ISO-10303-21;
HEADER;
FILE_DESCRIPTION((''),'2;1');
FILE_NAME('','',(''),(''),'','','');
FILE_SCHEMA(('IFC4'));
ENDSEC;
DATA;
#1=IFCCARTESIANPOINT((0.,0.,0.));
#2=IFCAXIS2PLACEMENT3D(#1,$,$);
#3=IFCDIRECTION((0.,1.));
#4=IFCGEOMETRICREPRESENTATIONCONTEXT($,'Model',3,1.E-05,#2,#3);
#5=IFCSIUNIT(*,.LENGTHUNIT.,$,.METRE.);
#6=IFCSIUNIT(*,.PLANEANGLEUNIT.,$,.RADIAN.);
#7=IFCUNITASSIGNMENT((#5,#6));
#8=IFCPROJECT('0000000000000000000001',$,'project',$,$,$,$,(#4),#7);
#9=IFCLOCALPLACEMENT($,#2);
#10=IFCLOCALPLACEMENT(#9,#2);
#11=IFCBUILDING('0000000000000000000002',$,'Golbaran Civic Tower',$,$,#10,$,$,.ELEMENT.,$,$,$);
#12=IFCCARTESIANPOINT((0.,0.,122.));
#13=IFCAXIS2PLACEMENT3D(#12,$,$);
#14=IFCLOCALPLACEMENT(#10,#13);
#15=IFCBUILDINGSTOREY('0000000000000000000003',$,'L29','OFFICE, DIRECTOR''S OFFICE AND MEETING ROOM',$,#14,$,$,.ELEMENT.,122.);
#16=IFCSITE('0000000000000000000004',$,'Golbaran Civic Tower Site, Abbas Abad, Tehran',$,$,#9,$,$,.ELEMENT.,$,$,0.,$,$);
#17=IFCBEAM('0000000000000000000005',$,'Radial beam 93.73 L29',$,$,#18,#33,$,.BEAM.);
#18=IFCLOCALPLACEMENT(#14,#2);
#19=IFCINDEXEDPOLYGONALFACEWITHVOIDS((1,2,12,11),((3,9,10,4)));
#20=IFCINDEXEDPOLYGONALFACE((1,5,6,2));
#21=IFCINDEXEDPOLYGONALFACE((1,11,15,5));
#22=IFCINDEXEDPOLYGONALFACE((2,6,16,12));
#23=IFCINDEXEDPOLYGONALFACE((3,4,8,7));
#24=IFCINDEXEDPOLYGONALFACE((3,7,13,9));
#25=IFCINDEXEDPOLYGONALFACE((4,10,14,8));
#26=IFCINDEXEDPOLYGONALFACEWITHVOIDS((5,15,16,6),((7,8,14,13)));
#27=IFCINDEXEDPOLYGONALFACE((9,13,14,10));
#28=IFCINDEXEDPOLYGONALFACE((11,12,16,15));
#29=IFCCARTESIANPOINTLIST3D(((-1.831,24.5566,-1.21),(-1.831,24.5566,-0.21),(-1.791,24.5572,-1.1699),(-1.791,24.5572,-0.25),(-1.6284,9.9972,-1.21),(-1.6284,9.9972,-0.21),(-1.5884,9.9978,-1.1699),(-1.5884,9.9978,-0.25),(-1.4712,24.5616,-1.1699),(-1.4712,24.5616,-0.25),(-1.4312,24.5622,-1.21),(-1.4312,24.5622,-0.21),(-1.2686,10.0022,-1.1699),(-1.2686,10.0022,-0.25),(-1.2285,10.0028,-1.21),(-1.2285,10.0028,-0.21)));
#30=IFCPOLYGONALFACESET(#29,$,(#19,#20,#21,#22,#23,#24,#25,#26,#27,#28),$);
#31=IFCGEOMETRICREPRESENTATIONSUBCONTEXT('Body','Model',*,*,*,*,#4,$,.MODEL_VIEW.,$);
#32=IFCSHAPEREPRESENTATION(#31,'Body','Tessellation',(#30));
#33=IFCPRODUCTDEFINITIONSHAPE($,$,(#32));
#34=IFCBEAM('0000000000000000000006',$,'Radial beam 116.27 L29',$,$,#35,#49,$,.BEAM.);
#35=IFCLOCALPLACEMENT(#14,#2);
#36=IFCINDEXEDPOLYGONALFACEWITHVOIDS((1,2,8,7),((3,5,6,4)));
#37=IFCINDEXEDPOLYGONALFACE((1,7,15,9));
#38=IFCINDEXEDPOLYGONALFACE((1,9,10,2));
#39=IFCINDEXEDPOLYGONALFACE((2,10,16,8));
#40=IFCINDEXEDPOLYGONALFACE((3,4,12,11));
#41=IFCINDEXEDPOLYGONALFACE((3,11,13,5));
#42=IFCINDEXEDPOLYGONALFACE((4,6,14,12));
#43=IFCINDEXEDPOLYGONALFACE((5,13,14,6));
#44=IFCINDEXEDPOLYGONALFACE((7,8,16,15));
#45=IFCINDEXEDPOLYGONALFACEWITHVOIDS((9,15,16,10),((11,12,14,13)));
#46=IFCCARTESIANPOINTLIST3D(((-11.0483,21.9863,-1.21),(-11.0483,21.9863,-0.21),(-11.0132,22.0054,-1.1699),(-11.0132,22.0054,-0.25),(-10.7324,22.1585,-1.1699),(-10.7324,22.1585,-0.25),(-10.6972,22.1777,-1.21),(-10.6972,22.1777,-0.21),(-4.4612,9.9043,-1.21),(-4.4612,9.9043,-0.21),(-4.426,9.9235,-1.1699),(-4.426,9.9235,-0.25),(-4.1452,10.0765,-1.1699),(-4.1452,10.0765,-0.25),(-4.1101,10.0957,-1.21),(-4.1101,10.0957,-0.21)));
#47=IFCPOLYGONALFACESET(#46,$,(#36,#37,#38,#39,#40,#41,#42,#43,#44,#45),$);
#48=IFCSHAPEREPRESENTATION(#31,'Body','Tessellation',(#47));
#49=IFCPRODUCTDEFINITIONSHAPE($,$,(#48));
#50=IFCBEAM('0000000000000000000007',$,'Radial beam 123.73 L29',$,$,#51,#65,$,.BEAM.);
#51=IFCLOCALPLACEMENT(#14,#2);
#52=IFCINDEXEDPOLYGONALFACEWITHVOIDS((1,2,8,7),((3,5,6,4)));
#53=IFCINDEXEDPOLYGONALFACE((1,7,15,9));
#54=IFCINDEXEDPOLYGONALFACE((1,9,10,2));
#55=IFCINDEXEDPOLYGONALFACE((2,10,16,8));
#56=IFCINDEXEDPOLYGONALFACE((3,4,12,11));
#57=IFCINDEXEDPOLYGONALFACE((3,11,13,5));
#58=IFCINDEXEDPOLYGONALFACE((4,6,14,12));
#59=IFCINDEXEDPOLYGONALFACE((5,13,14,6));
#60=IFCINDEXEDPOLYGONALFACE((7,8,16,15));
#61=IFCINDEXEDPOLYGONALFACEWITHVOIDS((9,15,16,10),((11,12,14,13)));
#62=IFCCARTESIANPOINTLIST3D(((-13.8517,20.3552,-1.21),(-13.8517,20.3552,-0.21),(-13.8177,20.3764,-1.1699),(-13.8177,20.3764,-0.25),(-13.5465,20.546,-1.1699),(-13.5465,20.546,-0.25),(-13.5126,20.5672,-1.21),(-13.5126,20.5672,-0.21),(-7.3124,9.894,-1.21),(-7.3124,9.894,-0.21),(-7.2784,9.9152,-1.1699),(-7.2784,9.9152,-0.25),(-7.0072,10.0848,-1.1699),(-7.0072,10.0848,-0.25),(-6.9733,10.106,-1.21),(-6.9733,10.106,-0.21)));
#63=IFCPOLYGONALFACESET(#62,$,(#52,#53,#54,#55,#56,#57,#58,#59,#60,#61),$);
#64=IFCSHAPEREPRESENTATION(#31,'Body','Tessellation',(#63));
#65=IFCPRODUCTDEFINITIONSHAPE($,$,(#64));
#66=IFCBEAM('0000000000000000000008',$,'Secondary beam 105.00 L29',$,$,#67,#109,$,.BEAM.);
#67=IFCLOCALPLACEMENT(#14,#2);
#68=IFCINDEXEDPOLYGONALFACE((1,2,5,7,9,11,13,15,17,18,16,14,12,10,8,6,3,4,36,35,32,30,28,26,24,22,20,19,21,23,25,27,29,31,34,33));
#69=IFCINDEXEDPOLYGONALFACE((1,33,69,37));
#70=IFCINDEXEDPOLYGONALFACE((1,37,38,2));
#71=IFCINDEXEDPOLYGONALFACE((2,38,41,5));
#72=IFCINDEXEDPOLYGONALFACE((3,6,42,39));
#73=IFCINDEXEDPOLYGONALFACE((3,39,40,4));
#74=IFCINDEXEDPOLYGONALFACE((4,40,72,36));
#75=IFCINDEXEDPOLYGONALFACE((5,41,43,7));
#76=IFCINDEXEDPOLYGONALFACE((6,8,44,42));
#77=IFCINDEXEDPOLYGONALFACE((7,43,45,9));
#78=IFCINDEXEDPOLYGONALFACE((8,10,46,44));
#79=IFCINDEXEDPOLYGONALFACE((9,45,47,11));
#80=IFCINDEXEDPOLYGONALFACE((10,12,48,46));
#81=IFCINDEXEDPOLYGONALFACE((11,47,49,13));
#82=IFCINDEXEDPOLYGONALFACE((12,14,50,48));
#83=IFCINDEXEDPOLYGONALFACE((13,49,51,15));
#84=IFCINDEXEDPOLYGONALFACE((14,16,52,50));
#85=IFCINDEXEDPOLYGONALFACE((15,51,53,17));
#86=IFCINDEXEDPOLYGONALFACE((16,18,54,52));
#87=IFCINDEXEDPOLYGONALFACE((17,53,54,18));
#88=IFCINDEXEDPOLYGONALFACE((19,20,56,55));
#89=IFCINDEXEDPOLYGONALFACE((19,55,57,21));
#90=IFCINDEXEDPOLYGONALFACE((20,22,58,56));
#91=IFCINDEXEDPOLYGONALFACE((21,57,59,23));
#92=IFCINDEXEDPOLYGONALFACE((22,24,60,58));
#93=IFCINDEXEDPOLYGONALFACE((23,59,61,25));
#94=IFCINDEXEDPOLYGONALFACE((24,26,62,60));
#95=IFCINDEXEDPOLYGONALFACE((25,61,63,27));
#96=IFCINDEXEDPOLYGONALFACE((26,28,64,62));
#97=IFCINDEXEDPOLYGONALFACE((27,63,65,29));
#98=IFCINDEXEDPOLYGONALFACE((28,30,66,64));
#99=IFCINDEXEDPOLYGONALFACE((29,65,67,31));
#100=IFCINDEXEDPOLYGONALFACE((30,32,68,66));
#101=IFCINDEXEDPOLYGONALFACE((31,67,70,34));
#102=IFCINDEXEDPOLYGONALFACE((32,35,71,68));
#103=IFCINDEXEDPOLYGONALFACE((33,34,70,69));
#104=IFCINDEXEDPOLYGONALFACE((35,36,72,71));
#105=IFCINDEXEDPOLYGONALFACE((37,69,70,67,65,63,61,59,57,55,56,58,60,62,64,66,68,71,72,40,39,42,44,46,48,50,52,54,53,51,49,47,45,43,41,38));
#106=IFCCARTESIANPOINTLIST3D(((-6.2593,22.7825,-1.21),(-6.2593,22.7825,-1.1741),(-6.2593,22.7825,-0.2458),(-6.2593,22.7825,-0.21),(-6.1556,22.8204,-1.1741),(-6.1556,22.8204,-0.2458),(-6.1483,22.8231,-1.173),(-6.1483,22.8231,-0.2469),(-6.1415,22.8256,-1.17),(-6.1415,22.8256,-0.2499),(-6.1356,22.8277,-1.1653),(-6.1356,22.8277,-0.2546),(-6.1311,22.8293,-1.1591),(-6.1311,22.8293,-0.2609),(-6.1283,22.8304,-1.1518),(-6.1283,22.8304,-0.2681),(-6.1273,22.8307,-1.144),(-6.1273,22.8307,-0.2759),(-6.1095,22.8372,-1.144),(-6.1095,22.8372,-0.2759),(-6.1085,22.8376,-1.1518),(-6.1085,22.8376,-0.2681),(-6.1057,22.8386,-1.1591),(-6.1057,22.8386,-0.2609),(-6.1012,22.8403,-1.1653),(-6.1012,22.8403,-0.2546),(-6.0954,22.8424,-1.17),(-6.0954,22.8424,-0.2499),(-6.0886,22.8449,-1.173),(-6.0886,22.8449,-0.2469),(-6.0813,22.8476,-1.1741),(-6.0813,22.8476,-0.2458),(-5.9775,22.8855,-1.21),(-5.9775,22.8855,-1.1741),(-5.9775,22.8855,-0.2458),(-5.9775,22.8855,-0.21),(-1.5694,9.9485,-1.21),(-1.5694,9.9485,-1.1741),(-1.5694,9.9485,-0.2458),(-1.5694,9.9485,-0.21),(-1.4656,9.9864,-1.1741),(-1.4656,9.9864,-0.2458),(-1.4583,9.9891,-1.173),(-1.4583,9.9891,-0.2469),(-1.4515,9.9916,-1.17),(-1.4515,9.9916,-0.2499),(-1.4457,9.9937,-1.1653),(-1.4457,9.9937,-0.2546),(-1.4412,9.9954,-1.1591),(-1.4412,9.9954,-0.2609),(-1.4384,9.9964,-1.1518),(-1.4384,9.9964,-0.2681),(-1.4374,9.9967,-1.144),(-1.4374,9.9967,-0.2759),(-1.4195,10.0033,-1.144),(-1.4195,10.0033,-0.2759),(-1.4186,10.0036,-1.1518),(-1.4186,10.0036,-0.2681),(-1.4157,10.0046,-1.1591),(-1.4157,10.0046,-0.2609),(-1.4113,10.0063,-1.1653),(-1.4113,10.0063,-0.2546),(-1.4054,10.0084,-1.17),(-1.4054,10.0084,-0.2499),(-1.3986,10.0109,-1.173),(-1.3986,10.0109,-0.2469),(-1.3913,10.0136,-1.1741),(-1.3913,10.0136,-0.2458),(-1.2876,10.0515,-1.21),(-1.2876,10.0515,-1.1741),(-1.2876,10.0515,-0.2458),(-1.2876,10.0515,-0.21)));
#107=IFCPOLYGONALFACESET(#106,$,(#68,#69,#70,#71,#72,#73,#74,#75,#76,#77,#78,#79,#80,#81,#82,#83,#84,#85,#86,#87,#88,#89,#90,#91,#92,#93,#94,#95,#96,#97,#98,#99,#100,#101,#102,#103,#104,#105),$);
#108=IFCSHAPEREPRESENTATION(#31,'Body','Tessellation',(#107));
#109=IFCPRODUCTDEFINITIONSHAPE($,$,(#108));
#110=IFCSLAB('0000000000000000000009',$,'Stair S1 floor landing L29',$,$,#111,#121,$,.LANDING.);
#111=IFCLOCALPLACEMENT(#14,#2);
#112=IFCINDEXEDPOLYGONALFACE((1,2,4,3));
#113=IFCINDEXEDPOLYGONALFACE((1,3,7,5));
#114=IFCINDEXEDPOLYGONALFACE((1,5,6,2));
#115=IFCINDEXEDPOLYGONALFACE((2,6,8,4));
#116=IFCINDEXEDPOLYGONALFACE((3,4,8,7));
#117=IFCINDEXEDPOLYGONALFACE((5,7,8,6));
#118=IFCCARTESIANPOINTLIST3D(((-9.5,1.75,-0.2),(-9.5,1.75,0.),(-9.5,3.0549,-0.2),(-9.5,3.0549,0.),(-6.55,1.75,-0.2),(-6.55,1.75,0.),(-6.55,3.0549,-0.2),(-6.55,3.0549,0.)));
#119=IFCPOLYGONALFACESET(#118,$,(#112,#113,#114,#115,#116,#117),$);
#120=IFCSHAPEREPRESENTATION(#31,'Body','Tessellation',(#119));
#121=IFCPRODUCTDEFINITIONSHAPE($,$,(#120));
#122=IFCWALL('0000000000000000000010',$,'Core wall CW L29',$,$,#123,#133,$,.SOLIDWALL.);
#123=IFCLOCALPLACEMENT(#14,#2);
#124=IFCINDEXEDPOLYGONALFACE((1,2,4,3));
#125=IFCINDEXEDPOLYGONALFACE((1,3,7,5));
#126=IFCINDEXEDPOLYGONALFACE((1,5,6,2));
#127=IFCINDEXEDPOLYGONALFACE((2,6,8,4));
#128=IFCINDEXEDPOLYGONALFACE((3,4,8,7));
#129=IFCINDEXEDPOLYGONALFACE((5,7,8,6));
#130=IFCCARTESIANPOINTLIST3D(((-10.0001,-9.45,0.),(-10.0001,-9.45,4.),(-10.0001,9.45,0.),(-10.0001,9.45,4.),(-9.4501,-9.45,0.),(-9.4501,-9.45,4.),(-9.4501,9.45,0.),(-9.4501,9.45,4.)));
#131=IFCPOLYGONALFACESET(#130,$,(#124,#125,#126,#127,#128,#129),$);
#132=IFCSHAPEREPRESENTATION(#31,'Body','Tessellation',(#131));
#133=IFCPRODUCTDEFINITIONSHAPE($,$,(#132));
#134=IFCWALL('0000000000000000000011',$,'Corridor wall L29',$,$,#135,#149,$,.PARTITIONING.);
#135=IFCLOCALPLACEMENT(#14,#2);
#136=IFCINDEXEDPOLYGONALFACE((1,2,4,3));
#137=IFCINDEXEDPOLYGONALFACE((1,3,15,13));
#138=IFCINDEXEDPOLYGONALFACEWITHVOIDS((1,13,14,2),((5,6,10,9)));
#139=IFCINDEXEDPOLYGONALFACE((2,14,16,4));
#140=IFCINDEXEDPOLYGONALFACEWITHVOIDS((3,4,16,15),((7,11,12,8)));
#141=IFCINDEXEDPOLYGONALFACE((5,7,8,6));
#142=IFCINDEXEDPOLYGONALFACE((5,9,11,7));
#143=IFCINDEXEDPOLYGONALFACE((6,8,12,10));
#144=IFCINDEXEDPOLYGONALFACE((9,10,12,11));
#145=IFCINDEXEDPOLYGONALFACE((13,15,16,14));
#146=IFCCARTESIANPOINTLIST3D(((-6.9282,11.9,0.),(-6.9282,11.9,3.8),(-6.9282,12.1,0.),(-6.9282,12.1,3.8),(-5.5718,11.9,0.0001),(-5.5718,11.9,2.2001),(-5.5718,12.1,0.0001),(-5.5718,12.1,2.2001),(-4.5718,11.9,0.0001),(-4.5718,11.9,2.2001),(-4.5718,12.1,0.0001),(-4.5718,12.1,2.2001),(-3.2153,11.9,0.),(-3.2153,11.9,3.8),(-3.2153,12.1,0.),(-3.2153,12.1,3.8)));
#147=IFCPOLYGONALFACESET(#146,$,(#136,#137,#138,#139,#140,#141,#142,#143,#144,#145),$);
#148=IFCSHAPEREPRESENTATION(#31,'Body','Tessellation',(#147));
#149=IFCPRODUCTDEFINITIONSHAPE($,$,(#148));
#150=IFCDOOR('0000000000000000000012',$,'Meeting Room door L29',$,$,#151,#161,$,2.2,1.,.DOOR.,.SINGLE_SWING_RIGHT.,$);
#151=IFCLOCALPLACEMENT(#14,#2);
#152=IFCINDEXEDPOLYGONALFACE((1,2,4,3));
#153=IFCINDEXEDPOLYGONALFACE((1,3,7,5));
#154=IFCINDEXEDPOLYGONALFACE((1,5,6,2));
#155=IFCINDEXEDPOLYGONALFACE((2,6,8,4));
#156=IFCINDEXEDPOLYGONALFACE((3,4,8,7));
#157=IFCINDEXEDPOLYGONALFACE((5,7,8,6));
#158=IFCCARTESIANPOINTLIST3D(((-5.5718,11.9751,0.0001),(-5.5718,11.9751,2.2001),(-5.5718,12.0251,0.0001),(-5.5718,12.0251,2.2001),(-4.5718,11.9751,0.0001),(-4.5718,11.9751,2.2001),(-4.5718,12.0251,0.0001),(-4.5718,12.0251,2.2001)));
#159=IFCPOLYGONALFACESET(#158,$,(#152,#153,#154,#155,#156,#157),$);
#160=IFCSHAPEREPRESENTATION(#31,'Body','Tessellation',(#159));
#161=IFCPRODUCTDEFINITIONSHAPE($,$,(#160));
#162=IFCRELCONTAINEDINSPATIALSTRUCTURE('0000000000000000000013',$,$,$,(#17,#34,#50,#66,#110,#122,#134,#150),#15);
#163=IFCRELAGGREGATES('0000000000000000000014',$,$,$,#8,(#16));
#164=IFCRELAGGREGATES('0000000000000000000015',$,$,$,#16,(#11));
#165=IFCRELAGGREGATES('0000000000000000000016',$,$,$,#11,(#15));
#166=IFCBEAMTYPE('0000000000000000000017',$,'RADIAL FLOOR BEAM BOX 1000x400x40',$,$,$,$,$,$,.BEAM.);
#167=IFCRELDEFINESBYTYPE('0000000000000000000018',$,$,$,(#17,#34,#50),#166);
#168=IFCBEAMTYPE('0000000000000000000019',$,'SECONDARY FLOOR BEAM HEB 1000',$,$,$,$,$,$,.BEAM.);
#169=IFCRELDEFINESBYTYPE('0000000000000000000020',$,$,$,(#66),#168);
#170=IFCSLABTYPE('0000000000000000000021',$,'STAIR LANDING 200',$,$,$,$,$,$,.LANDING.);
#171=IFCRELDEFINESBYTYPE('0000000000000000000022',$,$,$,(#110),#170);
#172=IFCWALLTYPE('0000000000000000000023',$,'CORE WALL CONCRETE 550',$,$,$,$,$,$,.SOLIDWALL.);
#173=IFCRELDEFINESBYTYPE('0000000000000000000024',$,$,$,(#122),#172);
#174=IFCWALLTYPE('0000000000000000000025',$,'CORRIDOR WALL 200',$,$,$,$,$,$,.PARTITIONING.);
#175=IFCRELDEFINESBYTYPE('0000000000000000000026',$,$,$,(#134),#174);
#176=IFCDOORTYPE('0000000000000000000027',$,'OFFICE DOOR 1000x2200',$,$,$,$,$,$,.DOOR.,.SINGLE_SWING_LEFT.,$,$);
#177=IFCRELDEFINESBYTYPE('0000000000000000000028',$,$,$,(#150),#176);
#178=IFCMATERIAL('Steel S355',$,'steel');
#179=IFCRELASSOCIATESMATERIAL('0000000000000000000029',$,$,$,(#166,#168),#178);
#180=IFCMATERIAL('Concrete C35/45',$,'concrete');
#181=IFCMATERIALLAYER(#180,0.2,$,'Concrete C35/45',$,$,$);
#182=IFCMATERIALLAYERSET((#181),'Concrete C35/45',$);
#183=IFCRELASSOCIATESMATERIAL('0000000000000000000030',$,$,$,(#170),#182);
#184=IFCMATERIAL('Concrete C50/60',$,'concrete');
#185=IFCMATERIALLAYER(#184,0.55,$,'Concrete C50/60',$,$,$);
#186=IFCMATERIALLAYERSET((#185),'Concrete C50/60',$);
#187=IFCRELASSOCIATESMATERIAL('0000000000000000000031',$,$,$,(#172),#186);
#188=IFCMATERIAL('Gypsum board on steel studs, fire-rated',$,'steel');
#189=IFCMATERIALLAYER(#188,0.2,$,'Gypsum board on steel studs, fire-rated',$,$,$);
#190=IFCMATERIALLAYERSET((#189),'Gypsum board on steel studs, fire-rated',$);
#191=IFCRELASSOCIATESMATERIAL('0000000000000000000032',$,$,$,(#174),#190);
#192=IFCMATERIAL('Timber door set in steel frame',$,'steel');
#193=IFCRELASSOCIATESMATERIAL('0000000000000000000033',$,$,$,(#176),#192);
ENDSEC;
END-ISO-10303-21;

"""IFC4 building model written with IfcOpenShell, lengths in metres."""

from ifc_helpers import new_model, si_unit, direction, frame, frame_2d, origin, origin_2d, place, context, subcontext, project, spatial, polyline, rectangle, hollow_rectangle, i_section, outline, extrude, material, layer, layer_set, material_profile, profile_set, type_object, element, fill, save


model = new_model("IFC4")

# Units and contexts
model_context = context("Model", 3, precision=1e-05, world=origin(), true_north=direction((0.0, 1.0)))
body_context = subcontext(model_context, "Body", "Model", "MODEL_VIEW")
ifc_project = project(units=[si_unit("LENGTHUNIT", "METRE"), si_unit("PLANEANGLEUNIT", "RADIAN")], contexts=[model_context])

# Site, building, storey
site_placement = place(None, origin())
site = spatial("IfcSite", under=ifc_project, at=site_placement, Name="Golbaran Civic Tower Site, Abbas Abad, Tehran", CompositionType="ELEMENT", RefElevation=0.0)
building_placement = place(site_placement, origin())
building = spatial("IfcBuilding", under=site, at=building_placement, Name="Golbaran Civic Tower", CompositionType="ELEMENT")
storey_placement = place(building_placement, frame((0.0, 0.0, 122.0)))
storey = spatial("IfcBuildingStorey", under=building, at=storey_placement, Name="L29", Description="OFFICE, DIRECTOR'S OFFICE AND MEETING ROOM", CompositionType="ELEMENT", Elevation=122.0)

# Beams
ifc_material_1 = material(Name="Steel S355", Category="steel")
ifc_material_profile_1 = material_profile(ifc_material_1, hollow_rectangle(XDim=0.3999, YDim=1.0, WallThickness=0.04, at=origin_2d()), Name="BOX 1000x400x40")
ifc_profile_set_1 = profile_set([ifc_material_profile_1], Name="Steel S355")
beam_type_1 = type_object("IfcBeamType", Name="RADIAL FLOOR BEAM BOX 1000x400x40", PredefinedType="BEAM", material=ifc_profile_set_1)
beam_1_placement = place(storey_placement, frame((-1.4285, 10.0, -0.71), z_axis=(-0.013917, 0.999903, 0.0), x_axis=(-0.999903, -0.013917, 0.0)))
element("IfcBeam", 1, at=beam_1_placement, inside=storey, type_object=beam_type_1, Name="Radial beam 93.73 L29", PredefinedType="BEAM", context=body_context, shape_type="SweptSolid", body=[
    extrude(hollow_rectangle(XDim=0.3999, YDim=1.0, WallThickness=0.04, at=origin_2d()), origin(), (0.0, 0.0, 1.0), 14.5608),
])
beam_2_placement = place(storey_placement, frame((-4.2856, 10.0, -0.71), z_axis=(-0.478682, 0.877988, 0.0), x_axis=(-0.877988, -0.478682, 0.0)))
element("IfcBeam", 2, at=beam_2_placement, inside=storey, type_object=beam_type_1, Name="Radial beam 116.27 L29", PredefinedType="BEAM", context=body_context, shape_type="SweptSolid", body=[
    extrude(hollow_rectangle(XDim=0.3999, YDim=1.0, WallThickness=0.04, at=origin_2d()), origin(), (0.0, 0.0, 1.0), 13.761),
])
beam_3_placement = place(storey_placement, frame((-7.1428, 10.0, -0.71), z_axis=(-0.530061, 0.847959, 0.0), x_axis=(-0.847959, -0.530061, 0.0)))
element("IfcBeam", 3, at=beam_3_placement, inside=storey, type_object=beam_type_1, Name="Radial beam 123.73 L29", PredefinedType="BEAM", context=body_context, shape_type="SweptSolid", body=[
    extrude(hollow_rectangle(XDim=0.3999, YDim=1.0, WallThickness=0.04, at=origin_2d()), origin(), (0.0, 0.0, 1.0), 12.3369),
])
ifc_material_profile_2 = material_profile(ifc_material_1, i_section(OverallWidth=0.3, OverallDepth=1.0, WebThickness=0.019, FlangeThickness=0.0359, FilletRadius=0.03, at=origin_2d()), Name="HEB 1000")
ifc_profile_set_2 = profile_set([ifc_material_profile_2], Name="Steel S355")
beam_type_2 = type_object("IfcBeamType", Name="SECONDARY FLOOR BEAM HEB 1000", PredefinedType="BEAM", material=ifc_profile_set_2)
beam_4_placement = place(storey_placement, frame((-1.4285, 10.0, -0.71), z_axis=(-0.343232, 0.939251, 0.0), x_axis=(-0.939251, -0.343232, 0.0)))
element("IfcBeam", 4, at=beam_4_placement, inside=storey, type_object=beam_type_2, Name="Secondary beam 105.00 L29", PredefinedType="BEAM", context=body_context, shape_type="SweptSolid", body=[
    extrude(i_section(OverallWidth=0.3, OverallDepth=1.0, WebThickness=0.019, FlangeThickness=0.0359, FilletRadius=0.03, at=origin_2d()), origin(), (0.0, 0.0, 1.0), 13.6641),
])

# Slab
ifc_material_2 = material(Name="Concrete C35/45", Category="concrete")
ifc_layer_1 = layer(ifc_material_2, 0.2, Name="Concrete C35/45")
ifc_layer_set_1 = layer_set([ifc_layer_1], Name="Concrete C35/45")
slab_type = type_object("IfcSlabType", Name="STAIR LANDING 200", PredefinedType="LANDING", material=ifc_layer_set_1)
slab_placement = place(storey_placement, frame((0.0, 0.0, -0.2)))
element("IfcSlab", 5, at=slab_placement, inside=storey, type_object=slab_type, Name="Stair S1 floor landing L29", PredefinedType="LANDING", context=body_context, shape_type="SweptSolid", body=[
    extrude(outline(polyline([(-9.5, 1.75), (-9.5, 3.0549), (-6.55, 3.0549), (-6.55, 1.75), (-9.5, 1.75)])), origin(), (0.0, 0.0, 1.0), 0.2),
])

# Wall
ifc_material_3 = material(Name="Concrete C50/60", Category="concrete")
ifc_layer_2 = layer(ifc_material_3, 0.55, Name="Concrete C50/60")
ifc_layer_set_2 = layer_set([ifc_layer_2], Name="Concrete C50/60")
wall_type_1 = type_object("IfcWallType", Name="CORE WALL CONCRETE 550", PredefinedType="SOLIDWALL", material=ifc_layer_set_2)
wall_1_placement = place(storey_placement, frame((-9.7251, 9.45, 0.0), z_axis=(0.0, 0.0, 1.0), x_axis=(0.0, -1.0, 0.0)))
element("IfcWall", 6, at=wall_1_placement, inside=storey, type_object=wall_type_1, Name="Core wall CW L29", PredefinedType="SOLIDWALL", context=body_context, shape_type="SweptSolid", body=[
    extrude(rectangle(XDim=18.8999, YDim=0.55, at=frame_2d((9.45, 0.0))), origin(), (0.0, 0.0, 1.0), 4.0),
])

# Wall, opening, door
ifc_material_4 = material(Name="Gypsum board on steel studs, fire-rated", Category="steel")
ifc_layer_3 = layer(ifc_material_4, 0.2, Name="Gypsum board on steel studs, fire-rated")
ifc_layer_set_3 = layer_set([ifc_layer_3], Name="Gypsum board on steel studs, fire-rated")
wall_type_2 = type_object("IfcWallType", Name="CORRIDOR WALL 200", PredefinedType="PARTITIONING", material=ifc_layer_set_3)
wall_2_placement = place(storey_placement, frame((-3.2153, 12.0, 0.0), z_axis=(0.0, 0.0, 1.0), x_axis=(-1.0, 0.0, 0.0)))
wall_2 = element("IfcWall", 7, at=wall_2_placement, inside=storey, type_object=wall_type_2, Name="Corridor wall L29", PredefinedType="PARTITIONING", context=body_context, shape_type="SweptSolid", body=[
    extrude(rectangle(XDim=3.7129, YDim=0.2, at=frame_2d((1.8564, 0.0))), origin(), (0.0, 0.0, 1.0), 3.8),
])
opening_1_placement = place(wall_2_placement, frame((1.3564, 0.0, 0.0)))
opening_1 = element("IfcOpeningElement", 8, at=opening_1_placement, cuts=wall_2, PredefinedType="OPENING", context=body_context, shape_type="SweptSolid", body=[
    extrude(rectangle(XDim=1.0, YDim=2.2, at=frame_2d((0.5, 1.1001))), frame((0.0, 0.1099, 0.0), z_axis=(0.0, -1.0, 0.0), x_axis=(1.0, 0.0, 0.0)), (0.0, 0.0, 1.0), 0.22),
])
ifc_material_5 = material(Name="Timber door set in steel frame", Category="steel")
door_type_1 = type_object("IfcDoorType", Name="OFFICE DOOR 1000x2200", OperationType="SINGLE_SWING_LEFT", PredefinedType="DOOR", material=ifc_material_5)
door_1_placement = place(opening_1_placement, origin())
door_1 = element("IfcDoor", 9, at=door_1_placement, inside=storey, type_object=door_type_1, Name="Meeting Room door L29", OperationType="SINGLE_SWING_RIGHT", OverallHeight=2.2, OverallWidth=1.0, PredefinedType="DOOR", context=body_context, shape_type="SweptSolid", body=[
    extrude(rectangle(XDim=1.0, YDim=2.2, at=frame_2d((0.5, 1.1001))), frame((0.0, 0.0249, 0.0), z_axis=(0.0, -1.0, 0.0), x_axis=(1.0, 0.0, 0.0)), (0.0, 0.0, 1.0), 0.05),
])
fill(opening_1, door_1)

save(model, "model.ifc")
